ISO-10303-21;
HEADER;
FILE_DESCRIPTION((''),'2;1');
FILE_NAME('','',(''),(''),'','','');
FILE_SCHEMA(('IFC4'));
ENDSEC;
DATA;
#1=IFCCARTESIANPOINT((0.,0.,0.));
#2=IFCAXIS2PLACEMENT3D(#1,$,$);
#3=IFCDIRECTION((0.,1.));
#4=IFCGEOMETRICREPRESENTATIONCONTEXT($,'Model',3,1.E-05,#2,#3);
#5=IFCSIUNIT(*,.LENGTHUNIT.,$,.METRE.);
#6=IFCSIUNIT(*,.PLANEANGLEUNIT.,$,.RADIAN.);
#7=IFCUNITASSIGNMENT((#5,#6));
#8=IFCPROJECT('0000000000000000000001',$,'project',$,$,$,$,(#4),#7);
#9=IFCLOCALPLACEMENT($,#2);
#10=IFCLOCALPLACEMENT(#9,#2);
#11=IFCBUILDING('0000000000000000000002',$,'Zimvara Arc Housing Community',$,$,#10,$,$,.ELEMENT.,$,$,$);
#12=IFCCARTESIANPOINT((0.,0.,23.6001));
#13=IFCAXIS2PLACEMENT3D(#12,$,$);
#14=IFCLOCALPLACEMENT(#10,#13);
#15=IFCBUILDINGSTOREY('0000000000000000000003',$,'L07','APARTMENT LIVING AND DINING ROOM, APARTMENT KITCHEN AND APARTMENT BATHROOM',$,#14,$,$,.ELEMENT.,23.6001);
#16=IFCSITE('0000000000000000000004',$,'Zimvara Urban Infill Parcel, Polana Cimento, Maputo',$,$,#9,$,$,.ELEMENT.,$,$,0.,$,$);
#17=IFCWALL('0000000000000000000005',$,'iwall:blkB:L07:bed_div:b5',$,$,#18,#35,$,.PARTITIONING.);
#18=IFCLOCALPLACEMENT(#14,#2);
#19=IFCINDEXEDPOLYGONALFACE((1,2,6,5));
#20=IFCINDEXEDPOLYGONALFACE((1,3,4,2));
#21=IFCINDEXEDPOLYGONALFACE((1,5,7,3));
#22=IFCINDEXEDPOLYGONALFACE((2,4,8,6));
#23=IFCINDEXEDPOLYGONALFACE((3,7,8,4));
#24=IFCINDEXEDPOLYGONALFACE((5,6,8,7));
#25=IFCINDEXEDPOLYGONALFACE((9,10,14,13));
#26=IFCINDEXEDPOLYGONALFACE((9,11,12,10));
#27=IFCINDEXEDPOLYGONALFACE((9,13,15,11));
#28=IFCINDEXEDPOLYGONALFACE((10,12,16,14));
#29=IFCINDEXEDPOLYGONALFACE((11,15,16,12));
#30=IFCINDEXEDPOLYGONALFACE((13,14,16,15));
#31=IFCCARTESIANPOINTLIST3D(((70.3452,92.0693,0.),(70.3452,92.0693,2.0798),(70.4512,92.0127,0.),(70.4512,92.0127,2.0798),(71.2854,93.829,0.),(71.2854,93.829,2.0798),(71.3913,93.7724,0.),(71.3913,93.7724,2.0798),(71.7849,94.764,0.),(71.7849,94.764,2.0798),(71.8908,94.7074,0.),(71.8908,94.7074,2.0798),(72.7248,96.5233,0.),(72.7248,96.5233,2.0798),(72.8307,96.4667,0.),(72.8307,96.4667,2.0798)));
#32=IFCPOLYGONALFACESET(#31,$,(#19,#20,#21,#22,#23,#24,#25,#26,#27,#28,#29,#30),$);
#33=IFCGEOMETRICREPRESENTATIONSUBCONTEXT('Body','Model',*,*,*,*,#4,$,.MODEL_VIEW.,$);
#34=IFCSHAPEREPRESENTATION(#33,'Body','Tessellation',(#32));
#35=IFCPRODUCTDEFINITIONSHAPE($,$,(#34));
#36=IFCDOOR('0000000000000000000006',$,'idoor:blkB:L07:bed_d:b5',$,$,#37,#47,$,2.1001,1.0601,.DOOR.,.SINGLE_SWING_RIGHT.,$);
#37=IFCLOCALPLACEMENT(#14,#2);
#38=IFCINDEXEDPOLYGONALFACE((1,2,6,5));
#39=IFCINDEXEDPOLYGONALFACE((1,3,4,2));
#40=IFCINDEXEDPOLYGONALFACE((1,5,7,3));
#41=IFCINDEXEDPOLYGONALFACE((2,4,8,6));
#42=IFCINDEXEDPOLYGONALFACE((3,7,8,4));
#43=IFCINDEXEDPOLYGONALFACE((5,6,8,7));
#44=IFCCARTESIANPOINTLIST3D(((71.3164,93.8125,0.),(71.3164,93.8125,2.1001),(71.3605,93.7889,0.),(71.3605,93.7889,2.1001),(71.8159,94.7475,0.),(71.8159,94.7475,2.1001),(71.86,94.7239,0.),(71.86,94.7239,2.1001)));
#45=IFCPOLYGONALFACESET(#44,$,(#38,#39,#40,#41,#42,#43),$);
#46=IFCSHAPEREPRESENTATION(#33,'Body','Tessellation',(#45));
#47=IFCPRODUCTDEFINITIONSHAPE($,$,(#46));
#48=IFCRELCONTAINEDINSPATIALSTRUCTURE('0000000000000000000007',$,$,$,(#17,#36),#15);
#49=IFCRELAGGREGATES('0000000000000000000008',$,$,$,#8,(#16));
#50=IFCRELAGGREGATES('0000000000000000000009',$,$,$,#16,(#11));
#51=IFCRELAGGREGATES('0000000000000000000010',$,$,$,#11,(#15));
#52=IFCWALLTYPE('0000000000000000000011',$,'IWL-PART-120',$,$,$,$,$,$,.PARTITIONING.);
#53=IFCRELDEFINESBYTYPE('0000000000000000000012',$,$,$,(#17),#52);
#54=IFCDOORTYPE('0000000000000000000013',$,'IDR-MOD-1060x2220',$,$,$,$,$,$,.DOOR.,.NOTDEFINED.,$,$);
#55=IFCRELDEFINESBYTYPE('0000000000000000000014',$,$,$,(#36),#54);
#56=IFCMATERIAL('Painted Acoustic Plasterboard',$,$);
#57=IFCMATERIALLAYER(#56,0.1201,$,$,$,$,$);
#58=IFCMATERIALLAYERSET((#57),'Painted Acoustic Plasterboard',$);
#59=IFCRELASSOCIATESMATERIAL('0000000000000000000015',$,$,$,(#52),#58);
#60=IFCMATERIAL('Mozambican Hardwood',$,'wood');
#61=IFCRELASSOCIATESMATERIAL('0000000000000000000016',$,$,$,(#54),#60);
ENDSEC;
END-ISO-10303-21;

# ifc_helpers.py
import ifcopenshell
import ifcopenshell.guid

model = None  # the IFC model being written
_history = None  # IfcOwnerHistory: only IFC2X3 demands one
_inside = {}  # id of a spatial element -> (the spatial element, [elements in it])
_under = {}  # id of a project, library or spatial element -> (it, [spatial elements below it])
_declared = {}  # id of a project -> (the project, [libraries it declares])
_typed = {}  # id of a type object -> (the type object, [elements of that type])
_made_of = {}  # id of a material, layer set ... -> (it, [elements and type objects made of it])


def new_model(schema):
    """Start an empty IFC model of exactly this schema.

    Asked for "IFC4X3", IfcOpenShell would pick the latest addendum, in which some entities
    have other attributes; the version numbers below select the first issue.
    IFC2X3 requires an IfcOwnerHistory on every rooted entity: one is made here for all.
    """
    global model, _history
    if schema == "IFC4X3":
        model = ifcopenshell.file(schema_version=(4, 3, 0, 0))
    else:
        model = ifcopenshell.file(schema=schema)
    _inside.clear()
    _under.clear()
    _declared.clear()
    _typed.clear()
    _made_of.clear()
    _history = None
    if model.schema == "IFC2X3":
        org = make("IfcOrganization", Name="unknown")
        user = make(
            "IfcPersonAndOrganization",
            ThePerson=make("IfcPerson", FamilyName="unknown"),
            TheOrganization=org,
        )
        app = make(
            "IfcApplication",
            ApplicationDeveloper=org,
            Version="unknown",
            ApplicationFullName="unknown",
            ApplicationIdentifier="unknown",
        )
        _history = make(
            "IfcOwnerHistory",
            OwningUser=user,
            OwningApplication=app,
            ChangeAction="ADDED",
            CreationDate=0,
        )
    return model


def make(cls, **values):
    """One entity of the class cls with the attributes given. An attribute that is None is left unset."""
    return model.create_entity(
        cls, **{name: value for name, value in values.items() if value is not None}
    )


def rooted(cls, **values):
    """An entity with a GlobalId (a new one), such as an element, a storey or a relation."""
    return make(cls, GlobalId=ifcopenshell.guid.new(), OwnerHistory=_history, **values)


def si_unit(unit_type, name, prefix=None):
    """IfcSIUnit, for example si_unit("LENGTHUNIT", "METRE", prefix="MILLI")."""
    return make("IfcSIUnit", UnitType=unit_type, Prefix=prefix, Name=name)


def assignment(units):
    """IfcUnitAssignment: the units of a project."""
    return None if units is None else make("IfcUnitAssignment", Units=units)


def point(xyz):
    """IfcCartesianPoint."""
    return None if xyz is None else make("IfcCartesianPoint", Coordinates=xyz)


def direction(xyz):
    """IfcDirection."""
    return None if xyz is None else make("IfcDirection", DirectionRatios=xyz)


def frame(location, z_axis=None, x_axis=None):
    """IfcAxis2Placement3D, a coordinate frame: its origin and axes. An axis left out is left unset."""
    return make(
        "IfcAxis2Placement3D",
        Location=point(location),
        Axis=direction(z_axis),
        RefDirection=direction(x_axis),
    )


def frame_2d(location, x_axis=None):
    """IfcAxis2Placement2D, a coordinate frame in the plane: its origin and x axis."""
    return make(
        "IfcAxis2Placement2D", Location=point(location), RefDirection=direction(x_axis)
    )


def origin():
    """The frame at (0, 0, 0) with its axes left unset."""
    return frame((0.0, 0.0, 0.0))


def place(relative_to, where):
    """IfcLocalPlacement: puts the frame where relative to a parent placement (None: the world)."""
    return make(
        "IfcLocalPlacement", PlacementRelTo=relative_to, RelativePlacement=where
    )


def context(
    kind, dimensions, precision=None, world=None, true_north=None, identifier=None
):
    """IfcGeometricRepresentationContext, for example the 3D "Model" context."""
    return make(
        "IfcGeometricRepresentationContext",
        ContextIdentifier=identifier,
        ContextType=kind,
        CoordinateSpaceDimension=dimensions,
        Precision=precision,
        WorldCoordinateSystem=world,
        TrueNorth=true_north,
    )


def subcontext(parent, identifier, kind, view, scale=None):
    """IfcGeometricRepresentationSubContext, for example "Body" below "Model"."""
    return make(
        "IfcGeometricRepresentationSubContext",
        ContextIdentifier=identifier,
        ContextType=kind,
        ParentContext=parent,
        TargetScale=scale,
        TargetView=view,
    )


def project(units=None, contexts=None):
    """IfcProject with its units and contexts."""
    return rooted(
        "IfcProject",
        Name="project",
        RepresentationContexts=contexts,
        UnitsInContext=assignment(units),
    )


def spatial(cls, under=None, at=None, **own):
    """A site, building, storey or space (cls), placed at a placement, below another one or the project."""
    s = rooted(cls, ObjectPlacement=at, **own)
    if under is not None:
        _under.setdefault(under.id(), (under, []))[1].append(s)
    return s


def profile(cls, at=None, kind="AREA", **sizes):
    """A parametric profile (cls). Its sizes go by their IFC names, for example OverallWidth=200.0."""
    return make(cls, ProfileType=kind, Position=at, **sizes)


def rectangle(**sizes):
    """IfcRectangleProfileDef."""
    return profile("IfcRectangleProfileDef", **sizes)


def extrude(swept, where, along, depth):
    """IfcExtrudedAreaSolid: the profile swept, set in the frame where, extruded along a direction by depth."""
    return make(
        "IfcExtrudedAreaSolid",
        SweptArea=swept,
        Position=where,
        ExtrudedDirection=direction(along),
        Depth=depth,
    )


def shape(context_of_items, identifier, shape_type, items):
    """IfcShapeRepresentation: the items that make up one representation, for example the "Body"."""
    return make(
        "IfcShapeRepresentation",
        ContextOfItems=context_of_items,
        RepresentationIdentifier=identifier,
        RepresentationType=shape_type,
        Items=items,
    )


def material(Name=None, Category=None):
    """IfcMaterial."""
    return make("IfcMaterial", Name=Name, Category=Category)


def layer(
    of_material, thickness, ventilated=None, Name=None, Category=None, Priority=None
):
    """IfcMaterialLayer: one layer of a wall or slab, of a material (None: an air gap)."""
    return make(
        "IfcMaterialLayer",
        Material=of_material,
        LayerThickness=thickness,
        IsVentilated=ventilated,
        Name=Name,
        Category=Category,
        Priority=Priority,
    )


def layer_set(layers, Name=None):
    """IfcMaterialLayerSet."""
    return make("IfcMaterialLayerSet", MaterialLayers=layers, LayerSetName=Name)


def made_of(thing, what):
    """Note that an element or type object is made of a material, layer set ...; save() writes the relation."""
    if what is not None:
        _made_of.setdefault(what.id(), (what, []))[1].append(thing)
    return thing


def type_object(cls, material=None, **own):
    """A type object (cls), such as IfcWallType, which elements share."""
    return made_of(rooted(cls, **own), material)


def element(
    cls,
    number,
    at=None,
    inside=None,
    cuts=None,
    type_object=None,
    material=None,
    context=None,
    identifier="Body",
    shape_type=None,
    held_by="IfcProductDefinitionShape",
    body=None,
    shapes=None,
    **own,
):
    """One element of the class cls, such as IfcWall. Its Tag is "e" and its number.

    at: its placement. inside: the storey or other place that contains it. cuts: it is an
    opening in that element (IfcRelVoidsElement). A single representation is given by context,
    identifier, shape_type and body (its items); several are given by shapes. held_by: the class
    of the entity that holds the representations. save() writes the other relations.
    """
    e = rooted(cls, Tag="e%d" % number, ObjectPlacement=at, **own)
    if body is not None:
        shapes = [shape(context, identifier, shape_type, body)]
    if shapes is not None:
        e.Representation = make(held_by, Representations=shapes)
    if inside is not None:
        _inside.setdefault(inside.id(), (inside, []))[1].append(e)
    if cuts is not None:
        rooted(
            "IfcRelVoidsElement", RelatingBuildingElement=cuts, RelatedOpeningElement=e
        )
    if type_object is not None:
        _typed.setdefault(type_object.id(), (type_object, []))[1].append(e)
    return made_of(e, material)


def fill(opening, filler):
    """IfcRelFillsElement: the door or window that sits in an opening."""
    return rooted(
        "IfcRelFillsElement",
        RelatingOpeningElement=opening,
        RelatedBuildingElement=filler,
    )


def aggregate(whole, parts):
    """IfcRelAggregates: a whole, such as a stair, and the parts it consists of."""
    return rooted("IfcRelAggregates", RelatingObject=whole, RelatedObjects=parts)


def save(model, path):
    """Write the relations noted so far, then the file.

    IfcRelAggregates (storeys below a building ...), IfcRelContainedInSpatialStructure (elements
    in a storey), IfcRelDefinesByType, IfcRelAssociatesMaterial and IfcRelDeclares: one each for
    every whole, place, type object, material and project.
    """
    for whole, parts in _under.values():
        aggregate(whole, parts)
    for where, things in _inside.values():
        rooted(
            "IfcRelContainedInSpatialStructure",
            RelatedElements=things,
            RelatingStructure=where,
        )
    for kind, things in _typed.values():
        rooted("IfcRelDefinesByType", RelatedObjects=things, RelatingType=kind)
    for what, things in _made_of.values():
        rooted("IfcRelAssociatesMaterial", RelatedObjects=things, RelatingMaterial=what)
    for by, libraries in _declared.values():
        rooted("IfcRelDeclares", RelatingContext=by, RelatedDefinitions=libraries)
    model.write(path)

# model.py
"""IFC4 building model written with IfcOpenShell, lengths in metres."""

from ifc_helpers import new_model, si_unit, direction, frame, frame_2d, origin, place, context, subcontext, project, spatial, rectangle, extrude, material, layer, layer_set, type_object, element, fill, save


model = new_model("IFC4")

# Units and contexts
model_context = context("Model", 3, precision=1e-05, world=origin(), true_north=direction((0.0, 1.0)))
body_context = subcontext(model_context, "Body", "Model", "MODEL_VIEW")
ifc_project = project(units=[si_unit("LENGTHUNIT", "METRE"), si_unit("PLANEANGLEUNIT", "RADIAN")], contexts=[model_context])

# Site, building, storey
site_placement = place(None, origin())
site = spatial("IfcSite", under=ifc_project, at=site_placement, Name="Zimvara Urban Infill Parcel, Polana Cimento, Maputo", CompositionType="ELEMENT", RefElevation=0.0)
building_placement = place(site_placement, origin())
building = spatial("IfcBuilding", under=site, at=building_placement, Name="Zimvara Arc Housing Community", CompositionType="ELEMENT")
storey_placement = place(building_placement, frame((0.0, 0.0, 23.6001)))
storey = spatial("IfcBuildingStorey", under=building, at=storey_placement, Name="L07", Description="APARTMENT LIVING AND DINING ROOM, APARTMENT KITCHEN AND APARTMENT BATHROOM", CompositionType="ELEMENT", Elevation=23.6001)

# Wall, opening, door
ifc_material_1 = material(Name="Painted Acoustic Plasterboard")
ifc_layer_1 = layer(ifc_material_1, 0.1201)
ifc_layer_set_1 = layer_set([ifc_layer_1], Name="Painted Acoustic Plasterboard")
wall_type_1 = type_object("IfcWallType", Name="IWL-PART-120", PredefinedType="PARTITIONING", material=ifc_layer_set_1)
wall_1_placement = place(storey_placement, frame((70.3982, 92.041, 0.0), z_axis=(0.0, 0.0, 1.0), x_axis=(0.471223, 0.882014, 0.0)))
wall_1 = element("IfcWall", 1, at=wall_1_placement, inside=storey, type_object=wall_type_1, Name="iwall:blkB:L07:bed_div:b5", PredefinedType="PARTITIONING", context=body_context, shape_type="SweptSolid", body=[
    extrude(rectangle(XDim=5.0498, YDim=0.1201, at=frame_2d((2.5249, 0.0))), origin(), (0.0, 0.0, 1.0), 2.0798),
])
opening_placement = place(wall_1_placement, frame((1.9951, 0.0, 0.0)))
opening = element("IfcOpeningElement", 2, at=opening_placement, cuts=wall_1, PredefinedType="OPENING", context=body_context, shape_type="SweptSolid", body=[
    extrude(rectangle(XDim=1.0601, YDim=2.1001, at=frame_2d((0.53, 1.05))), frame((0.0, 0.0701, 0.0), z_axis=(0.0, -1.0, 0.0), x_axis=(1.0, 0.0, 0.0)), (0.0, 0.0, 1.0), 0.1401),
])
ifc_material_2 = material(Name="Mozambican Hardwood", Category="wood")
door_type = type_object("IfcDoorType", Name="IDR-MOD-1060x2220", OperationType="NOTDEFINED", PredefinedType="DOOR", material=ifc_material_2)
door_placement = place(opening_placement, origin())
door = element("IfcDoor", 3, at=door_placement, inside=storey, type_object=door_type, Name="idoor:blkB:L07:bed_d:b5", OperationType="SINGLE_SWING_RIGHT", OverallHeight=2.1001, OverallWidth=1.0601, PredefinedType="DOOR", context=body_context, shape_type="SweptSolid", body=[
    extrude(rectangle(XDim=1.0601, YDim=2.1001, at=frame_2d((0.53, 1.05))), frame((0.0, 0.0249, 0.0), z_axis=(0.0, -1.0, 0.0), x_axis=(1.0, 0.0, 0.0)), (0.0, 0.0, 1.0), 0.05),
])
fill(opening, door)

save(model, "model.ifc")
